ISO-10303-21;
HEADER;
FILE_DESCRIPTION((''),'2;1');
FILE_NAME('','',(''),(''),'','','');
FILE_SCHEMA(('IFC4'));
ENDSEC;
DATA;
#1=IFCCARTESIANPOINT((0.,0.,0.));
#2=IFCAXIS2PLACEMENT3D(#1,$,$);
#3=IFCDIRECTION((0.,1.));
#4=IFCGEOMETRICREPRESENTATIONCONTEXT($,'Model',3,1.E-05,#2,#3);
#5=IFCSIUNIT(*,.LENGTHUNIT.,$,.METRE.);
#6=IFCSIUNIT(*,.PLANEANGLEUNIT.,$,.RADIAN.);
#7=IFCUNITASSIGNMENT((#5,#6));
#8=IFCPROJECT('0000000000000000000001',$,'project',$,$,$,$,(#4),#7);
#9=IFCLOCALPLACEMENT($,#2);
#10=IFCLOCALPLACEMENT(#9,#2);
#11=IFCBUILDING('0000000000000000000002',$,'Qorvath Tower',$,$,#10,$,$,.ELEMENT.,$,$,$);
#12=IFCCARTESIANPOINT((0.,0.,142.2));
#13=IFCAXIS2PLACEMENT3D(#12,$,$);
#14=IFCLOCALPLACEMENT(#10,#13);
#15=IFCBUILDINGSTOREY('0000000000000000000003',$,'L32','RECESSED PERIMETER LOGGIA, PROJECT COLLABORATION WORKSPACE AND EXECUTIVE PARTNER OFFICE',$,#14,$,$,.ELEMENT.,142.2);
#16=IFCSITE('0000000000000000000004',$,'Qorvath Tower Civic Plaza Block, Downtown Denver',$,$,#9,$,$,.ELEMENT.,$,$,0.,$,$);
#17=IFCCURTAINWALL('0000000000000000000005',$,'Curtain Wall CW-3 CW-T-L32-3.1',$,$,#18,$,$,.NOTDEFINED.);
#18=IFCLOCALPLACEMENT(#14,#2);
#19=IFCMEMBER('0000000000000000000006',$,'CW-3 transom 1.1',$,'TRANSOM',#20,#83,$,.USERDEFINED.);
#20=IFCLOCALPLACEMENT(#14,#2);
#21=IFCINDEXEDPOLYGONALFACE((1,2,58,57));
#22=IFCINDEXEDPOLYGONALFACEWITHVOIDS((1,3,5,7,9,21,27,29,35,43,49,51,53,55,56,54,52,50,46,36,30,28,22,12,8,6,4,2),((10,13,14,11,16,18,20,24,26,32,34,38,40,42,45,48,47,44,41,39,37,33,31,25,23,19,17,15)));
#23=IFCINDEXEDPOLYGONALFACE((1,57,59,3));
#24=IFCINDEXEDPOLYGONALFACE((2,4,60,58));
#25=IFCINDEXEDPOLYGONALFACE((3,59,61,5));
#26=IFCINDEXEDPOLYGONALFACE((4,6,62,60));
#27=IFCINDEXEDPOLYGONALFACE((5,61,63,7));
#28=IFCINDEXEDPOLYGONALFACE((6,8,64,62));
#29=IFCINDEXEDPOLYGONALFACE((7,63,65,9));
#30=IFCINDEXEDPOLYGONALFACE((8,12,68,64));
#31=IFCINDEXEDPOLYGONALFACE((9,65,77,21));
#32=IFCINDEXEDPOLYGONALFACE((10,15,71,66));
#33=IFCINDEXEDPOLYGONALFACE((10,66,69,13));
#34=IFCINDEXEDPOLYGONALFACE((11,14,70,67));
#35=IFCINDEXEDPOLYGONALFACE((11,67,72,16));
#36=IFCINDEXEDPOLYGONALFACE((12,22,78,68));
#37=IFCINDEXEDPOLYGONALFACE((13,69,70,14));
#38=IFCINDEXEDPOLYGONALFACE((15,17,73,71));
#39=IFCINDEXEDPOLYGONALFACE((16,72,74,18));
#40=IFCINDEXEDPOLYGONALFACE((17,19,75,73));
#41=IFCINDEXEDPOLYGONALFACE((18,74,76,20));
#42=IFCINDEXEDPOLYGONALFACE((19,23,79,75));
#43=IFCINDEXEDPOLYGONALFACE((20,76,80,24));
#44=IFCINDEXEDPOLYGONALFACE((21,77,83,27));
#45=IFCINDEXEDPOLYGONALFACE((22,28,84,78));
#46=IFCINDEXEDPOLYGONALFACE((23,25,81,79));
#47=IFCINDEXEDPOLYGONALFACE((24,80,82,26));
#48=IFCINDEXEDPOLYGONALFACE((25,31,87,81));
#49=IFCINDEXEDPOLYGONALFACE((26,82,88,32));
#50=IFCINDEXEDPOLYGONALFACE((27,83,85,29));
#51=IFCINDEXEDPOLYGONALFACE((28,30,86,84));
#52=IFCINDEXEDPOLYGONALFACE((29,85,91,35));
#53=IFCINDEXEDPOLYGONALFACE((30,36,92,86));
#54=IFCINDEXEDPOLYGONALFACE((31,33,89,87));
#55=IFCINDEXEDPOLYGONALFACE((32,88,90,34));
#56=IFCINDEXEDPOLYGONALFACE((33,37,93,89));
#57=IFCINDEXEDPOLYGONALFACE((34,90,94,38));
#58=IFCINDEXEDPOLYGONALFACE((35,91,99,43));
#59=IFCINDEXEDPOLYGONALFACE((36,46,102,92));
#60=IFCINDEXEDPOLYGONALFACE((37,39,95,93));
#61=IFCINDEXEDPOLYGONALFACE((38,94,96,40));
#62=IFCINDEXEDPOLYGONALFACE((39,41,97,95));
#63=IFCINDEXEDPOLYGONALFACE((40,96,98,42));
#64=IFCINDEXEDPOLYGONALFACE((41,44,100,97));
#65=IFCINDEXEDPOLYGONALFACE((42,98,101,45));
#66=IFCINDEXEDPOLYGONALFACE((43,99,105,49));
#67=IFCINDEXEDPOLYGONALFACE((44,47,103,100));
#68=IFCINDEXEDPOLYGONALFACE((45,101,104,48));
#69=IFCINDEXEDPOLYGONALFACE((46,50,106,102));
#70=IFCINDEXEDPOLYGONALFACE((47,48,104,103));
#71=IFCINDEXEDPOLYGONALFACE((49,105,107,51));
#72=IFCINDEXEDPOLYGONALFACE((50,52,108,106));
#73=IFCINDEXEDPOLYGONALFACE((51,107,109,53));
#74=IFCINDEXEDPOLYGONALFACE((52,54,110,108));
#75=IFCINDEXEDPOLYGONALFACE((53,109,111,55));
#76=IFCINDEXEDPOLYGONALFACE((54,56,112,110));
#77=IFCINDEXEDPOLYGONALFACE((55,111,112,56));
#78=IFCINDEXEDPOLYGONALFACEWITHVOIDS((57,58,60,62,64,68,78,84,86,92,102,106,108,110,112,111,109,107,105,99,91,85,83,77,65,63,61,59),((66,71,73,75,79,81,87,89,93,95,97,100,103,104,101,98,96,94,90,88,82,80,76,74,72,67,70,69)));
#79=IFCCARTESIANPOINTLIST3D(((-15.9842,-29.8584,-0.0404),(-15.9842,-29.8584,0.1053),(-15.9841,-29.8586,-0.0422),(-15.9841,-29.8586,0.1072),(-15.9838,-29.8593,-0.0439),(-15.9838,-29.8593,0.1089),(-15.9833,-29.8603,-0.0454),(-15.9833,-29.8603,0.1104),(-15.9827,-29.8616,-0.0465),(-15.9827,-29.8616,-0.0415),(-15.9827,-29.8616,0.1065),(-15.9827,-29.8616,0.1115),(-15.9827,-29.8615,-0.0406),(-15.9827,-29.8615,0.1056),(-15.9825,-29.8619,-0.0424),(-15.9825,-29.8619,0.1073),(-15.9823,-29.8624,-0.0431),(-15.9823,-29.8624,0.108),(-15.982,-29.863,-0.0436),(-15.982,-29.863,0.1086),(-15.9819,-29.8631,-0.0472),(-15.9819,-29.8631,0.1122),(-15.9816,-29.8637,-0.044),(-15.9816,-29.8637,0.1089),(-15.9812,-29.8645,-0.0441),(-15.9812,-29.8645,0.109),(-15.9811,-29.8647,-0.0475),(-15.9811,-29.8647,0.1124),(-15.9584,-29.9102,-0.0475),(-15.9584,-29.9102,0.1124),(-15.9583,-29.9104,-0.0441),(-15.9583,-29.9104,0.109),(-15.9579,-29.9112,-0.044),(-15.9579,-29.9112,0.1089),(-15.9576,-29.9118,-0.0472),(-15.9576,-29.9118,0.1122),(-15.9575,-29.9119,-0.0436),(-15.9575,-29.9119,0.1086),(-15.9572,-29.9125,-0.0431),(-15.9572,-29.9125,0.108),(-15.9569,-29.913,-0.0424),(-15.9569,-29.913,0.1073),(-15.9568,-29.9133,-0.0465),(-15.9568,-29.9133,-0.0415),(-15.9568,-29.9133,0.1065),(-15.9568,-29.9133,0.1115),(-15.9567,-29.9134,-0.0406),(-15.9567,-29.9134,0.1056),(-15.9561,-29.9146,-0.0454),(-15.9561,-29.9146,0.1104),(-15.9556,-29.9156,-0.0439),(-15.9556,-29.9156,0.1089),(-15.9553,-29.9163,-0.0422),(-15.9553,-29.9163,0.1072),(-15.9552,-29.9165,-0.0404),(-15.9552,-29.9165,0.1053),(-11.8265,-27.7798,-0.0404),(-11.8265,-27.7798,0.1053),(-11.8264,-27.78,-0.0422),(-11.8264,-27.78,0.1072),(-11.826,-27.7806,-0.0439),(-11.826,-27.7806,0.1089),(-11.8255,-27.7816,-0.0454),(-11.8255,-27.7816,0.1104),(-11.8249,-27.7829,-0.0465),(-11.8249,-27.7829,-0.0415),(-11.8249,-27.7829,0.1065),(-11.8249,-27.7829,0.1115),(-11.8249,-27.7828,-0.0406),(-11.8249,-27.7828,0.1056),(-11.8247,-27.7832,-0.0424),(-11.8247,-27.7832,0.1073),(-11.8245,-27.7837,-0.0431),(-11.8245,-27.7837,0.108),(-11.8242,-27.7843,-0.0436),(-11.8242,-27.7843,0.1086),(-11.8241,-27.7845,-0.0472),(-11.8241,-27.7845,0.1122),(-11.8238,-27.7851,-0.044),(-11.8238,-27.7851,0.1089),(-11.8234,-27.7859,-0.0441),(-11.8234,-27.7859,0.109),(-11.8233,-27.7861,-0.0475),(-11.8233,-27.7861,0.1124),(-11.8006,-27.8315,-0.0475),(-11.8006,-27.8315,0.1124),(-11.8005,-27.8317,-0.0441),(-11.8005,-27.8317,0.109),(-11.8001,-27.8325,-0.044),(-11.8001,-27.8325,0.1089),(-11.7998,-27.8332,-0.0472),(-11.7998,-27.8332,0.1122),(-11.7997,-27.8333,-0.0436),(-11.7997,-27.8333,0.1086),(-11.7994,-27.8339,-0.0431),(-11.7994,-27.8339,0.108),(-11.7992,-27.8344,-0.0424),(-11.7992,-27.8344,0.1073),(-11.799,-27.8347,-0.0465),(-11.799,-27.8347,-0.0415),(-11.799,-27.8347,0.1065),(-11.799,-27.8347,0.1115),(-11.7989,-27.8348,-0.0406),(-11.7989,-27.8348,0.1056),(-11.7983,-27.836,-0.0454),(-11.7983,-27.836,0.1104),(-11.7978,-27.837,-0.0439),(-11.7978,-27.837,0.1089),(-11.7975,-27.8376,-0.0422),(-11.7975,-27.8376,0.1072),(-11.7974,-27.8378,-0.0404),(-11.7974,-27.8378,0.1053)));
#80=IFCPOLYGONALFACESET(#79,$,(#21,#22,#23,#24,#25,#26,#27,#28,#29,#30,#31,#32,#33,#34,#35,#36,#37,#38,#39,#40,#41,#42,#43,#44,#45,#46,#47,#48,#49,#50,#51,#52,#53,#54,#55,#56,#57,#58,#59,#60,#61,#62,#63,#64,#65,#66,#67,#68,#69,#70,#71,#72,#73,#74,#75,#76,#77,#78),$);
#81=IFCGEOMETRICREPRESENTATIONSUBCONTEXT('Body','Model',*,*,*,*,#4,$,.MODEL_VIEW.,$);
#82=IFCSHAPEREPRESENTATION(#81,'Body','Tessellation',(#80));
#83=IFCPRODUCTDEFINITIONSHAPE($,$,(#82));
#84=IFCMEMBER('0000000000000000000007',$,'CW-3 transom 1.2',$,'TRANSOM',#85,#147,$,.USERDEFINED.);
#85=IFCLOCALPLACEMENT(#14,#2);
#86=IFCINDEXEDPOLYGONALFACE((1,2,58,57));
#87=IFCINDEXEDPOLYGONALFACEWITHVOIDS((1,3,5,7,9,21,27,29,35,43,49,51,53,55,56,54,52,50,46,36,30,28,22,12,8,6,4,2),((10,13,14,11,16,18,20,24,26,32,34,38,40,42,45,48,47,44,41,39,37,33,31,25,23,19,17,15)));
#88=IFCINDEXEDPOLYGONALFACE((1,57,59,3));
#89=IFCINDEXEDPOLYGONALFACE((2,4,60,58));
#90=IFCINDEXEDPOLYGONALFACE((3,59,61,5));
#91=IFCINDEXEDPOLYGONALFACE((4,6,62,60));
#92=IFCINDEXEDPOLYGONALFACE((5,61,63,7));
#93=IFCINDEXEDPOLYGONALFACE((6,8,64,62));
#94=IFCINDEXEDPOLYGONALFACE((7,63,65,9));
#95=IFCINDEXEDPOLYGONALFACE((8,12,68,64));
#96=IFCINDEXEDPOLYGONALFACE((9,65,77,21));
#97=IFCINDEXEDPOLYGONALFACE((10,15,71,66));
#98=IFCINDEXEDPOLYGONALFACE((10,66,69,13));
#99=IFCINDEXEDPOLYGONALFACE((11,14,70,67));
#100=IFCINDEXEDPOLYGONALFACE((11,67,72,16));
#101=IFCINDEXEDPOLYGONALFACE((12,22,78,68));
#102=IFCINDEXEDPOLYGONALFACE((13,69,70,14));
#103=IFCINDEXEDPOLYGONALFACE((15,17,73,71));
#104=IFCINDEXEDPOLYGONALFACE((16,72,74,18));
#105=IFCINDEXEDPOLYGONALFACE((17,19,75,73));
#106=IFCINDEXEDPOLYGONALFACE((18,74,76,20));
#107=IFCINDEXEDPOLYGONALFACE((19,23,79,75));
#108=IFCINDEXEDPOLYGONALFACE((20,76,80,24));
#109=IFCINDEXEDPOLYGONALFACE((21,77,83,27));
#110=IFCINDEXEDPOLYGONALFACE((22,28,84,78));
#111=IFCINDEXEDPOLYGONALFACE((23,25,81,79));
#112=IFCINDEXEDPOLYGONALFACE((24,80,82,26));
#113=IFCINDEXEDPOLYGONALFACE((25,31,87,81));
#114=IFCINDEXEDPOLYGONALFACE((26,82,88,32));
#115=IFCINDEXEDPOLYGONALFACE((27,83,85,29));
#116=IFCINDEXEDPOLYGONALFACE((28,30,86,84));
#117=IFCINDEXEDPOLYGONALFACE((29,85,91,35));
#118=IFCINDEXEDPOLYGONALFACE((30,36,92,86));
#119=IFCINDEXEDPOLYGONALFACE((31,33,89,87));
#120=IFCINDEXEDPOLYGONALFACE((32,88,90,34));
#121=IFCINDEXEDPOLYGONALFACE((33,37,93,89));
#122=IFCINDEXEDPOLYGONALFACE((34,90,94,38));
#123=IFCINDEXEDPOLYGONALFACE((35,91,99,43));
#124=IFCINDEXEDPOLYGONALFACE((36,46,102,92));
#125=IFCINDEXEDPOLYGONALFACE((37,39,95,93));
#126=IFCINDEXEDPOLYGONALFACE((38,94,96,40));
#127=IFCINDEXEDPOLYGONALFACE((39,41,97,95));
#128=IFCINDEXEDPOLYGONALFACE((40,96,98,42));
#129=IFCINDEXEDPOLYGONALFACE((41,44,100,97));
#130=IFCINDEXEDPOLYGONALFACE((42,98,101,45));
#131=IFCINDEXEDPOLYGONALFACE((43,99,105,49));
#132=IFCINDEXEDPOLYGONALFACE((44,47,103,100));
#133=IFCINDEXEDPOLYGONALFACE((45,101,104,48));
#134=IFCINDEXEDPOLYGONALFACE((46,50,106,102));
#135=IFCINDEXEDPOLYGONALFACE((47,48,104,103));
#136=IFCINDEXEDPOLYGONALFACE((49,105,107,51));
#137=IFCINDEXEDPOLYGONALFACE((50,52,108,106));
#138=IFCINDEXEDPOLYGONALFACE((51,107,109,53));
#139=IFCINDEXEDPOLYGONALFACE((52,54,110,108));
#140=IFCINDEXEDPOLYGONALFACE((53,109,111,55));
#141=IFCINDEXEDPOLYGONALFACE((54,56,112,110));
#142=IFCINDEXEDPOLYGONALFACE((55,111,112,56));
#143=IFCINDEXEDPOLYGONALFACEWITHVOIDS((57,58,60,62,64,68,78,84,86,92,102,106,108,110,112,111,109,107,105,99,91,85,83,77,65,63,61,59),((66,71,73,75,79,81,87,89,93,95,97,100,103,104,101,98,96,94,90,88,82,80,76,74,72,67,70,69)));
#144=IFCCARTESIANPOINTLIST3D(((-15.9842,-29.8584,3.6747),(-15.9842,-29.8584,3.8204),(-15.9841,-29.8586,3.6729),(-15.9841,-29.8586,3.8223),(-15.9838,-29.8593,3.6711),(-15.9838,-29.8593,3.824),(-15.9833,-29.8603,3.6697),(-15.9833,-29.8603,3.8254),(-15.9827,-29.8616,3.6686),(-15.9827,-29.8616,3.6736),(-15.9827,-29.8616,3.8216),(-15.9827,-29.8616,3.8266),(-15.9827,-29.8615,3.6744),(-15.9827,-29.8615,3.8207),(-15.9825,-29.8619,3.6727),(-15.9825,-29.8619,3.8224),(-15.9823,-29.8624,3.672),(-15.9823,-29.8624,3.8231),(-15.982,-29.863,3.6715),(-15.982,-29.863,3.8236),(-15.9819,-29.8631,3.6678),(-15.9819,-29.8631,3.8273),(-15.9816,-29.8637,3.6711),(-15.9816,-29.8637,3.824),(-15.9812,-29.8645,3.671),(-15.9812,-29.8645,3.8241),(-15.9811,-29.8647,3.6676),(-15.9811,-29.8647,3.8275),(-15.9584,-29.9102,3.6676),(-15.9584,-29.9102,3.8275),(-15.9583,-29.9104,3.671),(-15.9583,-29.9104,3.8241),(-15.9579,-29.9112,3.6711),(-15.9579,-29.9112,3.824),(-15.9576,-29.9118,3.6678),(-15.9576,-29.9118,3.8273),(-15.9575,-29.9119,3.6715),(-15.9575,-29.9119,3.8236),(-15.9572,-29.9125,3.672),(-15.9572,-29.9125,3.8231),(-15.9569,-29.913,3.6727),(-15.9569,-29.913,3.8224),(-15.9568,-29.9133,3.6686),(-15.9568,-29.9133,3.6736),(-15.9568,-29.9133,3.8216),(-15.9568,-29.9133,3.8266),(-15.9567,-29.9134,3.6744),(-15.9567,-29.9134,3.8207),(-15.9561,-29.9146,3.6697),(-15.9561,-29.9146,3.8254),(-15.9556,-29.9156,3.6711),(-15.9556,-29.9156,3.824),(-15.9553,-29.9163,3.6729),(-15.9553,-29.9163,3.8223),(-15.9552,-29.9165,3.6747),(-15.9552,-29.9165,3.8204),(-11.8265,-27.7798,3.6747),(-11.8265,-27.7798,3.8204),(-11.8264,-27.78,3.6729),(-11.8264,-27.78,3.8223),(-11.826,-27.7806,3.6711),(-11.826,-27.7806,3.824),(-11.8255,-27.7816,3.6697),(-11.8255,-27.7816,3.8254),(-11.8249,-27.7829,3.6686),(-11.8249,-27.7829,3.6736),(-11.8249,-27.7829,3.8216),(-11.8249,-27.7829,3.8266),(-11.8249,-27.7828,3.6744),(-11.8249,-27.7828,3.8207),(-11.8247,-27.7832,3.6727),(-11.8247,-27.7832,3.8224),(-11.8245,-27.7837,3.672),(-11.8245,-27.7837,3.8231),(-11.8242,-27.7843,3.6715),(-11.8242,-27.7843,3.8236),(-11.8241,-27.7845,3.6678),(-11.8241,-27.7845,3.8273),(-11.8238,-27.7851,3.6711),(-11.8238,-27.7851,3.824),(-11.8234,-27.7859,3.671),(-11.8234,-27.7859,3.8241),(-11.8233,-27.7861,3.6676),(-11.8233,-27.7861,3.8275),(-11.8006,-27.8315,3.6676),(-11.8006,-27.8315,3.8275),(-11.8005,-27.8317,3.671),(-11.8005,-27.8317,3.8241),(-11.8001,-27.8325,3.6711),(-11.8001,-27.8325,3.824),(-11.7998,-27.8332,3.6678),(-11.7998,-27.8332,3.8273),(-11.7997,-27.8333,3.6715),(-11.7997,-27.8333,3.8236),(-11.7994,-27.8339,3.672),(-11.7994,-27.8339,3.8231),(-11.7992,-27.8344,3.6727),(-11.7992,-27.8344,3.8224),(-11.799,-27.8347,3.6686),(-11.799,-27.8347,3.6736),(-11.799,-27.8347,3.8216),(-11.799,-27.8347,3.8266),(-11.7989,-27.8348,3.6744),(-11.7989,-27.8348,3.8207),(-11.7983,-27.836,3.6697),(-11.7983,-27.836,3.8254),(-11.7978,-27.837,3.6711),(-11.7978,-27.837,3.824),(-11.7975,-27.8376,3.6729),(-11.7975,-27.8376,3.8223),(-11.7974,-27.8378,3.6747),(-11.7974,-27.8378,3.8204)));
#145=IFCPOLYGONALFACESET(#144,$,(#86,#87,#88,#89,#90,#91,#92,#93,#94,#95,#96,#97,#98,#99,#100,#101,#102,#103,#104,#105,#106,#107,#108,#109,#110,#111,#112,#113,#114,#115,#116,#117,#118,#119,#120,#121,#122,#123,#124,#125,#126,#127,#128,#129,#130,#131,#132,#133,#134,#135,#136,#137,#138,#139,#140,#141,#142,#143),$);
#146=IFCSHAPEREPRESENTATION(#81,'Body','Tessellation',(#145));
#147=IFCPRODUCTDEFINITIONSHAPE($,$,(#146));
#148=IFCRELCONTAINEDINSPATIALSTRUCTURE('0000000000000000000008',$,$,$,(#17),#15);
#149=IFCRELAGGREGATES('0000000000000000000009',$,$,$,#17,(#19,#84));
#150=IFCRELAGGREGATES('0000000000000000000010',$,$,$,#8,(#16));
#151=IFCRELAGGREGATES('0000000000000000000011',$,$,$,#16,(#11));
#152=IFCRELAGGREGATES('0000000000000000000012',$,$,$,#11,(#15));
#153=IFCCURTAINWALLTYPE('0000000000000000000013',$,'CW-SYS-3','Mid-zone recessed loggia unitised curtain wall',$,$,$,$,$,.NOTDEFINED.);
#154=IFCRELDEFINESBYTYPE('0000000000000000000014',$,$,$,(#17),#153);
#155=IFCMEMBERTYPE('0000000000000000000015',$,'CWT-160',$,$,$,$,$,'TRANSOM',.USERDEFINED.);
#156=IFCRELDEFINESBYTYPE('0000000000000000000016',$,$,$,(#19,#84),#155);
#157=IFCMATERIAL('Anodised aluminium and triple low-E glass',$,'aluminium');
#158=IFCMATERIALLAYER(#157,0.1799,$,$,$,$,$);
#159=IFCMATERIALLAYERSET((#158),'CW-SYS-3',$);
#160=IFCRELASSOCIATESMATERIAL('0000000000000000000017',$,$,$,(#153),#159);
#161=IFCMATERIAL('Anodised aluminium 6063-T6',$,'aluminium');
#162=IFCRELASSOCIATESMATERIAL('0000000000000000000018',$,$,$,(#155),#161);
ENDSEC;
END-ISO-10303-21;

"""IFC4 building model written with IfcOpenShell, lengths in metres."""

from ifc_helpers import new_model, si_unit, direction, frame, origin, origin_2d, place, context, subcontext, project, spatial, hollow_rectangle, extrude, material, layer, layer_set, material_profile, profile_set, type_object, element, aggregate, save


model = new_model("IFC4")

# Units and contexts
model_context = context("Model", 3, precision=1e-05, world=origin(), true_north=direction((0.0, 1.0)))
body_context = subcontext(model_context, "Body", "Model", "MODEL_VIEW")
ifc_project = project(units=[si_unit("LENGTHUNIT", "METRE"), si_unit("PLANEANGLEUNIT", "RADIAN")], contexts=[model_context])

# Site, building, storey
site_placement = place(None, origin())
site = spatial("IfcSite", under=ifc_project, at=site_placement, Name="Qorvath Tower Civic Plaza Block, Downtown Denver", CompositionType="ELEMENT", RefElevation=0.0)
building_placement = place(site_placement, origin())
building = spatial("IfcBuilding", under=site, at=building_placement, Name="Qorvath Tower", CompositionType="ELEMENT")
storey_placement = place(building_placement, frame((0.0, 0.0, 142.2)))
storey = spatial("IfcBuildingStorey", under=building, at=storey_placement, Name="L32", Description="RECESSED PERIMETER LOGGIA, PROJECT COLLABORATION WORKSPACE AND EXECUTIVE PARTNER OFFICE", CompositionType="ELEMENT", Elevation=142.2)

# Shared definitions
ifc_material_1 = material(Name="Anodised aluminium and triple low-E glass", Category="aluminium")
ifc_layer_1 = layer(ifc_material_1, 0.1799)
ifc_layer_set_1 = layer_set([ifc_layer_1], Name="CW-SYS-3")
curtain_wall_type = type_object("IfcCurtainWallType", Name="CW-SYS-3", Description="Mid-zone recessed loggia unitised curtain wall", PredefinedType="NOTDEFINED", material=ifc_layer_set_1)

# Curtain wall
curtain_wall_1_placement = place(storey_placement, origin())
curtain_wall_1 = element("IfcCurtainWall", 1, at=curtain_wall_1_placement, inside=storey, type_object=curtain_wall_type, Name="Curtain Wall CW-3 CW-T-L32-3.1", PredefinedType="NOTDEFINED")

# Members
ifc_material_2 = material(Name="Anodised aluminium 6063-T6", Category="aluminium")
ifc_material_profile_1 = material_profile(ifc_material_2, hollow_rectangle(XDim=0.0649, YDim=0.1599, WallThickness=0.0034, InnerFilletRadius=0.0034, OuterFilletRadius=0.0071, at=origin_2d()), Name="CWT 160x65")
ifc_profile_set_1 = profile_set([ifc_material_profile_1], Name="Anodised aluminium 6063-T6")
member_type_1 = type_object("IfcMemberType", Name="CWT-160", ElementType="TRANSOM", PredefinedType="USERDEFINED", material=ifc_profile_set_1)
member_1_placement = place(storey_placement, frame((-15.9697, -29.8875, 0.0325), z_axis=(0.894448, 0.447172, 0.0), x_axis=(-0.447172, 0.894448, 0.0)))
member_1 = element("IfcMember", 2, at=member_1_placement, type_object=member_type_1, Name="CW-3 transom 1.1", ObjectType="TRANSOM", PredefinedType="USERDEFINED", context=body_context, shape_type="SweptSolid", body=[
    extrude(hollow_rectangle(XDim=0.0649, YDim=0.1599, WallThickness=0.0034, InnerFilletRadius=0.0034, OuterFilletRadius=0.0071, at=origin_2d()), origin(), (0.0, 0.0, 1.0), 4.6484),
])
member_2_placement = place(storey_placement, frame((-15.9697, -29.8875, 3.7476), z_axis=(0.894448, 0.447172, 0.0), x_axis=(-0.447172, 0.894448, 0.0)))
member_2 = element("IfcMember", 3, at=member_2_placement, type_object=member_type_1, Name="CW-3 transom 1.2", ObjectType="TRANSOM", PredefinedType="USERDEFINED", context=body_context, shape_type="SweptSolid", body=[
    extrude(hollow_rectangle(XDim=0.0649, YDim=0.1599, WallThickness=0.0034, InnerFilletRadius=0.0034, OuterFilletRadius=0.0071, at=origin_2d()), origin(), (0.0, 0.0, 1.0), 4.6484),
])

aggregate(curtain_wall_1, [member_1, member_2])

save(model, "model.ifc")
